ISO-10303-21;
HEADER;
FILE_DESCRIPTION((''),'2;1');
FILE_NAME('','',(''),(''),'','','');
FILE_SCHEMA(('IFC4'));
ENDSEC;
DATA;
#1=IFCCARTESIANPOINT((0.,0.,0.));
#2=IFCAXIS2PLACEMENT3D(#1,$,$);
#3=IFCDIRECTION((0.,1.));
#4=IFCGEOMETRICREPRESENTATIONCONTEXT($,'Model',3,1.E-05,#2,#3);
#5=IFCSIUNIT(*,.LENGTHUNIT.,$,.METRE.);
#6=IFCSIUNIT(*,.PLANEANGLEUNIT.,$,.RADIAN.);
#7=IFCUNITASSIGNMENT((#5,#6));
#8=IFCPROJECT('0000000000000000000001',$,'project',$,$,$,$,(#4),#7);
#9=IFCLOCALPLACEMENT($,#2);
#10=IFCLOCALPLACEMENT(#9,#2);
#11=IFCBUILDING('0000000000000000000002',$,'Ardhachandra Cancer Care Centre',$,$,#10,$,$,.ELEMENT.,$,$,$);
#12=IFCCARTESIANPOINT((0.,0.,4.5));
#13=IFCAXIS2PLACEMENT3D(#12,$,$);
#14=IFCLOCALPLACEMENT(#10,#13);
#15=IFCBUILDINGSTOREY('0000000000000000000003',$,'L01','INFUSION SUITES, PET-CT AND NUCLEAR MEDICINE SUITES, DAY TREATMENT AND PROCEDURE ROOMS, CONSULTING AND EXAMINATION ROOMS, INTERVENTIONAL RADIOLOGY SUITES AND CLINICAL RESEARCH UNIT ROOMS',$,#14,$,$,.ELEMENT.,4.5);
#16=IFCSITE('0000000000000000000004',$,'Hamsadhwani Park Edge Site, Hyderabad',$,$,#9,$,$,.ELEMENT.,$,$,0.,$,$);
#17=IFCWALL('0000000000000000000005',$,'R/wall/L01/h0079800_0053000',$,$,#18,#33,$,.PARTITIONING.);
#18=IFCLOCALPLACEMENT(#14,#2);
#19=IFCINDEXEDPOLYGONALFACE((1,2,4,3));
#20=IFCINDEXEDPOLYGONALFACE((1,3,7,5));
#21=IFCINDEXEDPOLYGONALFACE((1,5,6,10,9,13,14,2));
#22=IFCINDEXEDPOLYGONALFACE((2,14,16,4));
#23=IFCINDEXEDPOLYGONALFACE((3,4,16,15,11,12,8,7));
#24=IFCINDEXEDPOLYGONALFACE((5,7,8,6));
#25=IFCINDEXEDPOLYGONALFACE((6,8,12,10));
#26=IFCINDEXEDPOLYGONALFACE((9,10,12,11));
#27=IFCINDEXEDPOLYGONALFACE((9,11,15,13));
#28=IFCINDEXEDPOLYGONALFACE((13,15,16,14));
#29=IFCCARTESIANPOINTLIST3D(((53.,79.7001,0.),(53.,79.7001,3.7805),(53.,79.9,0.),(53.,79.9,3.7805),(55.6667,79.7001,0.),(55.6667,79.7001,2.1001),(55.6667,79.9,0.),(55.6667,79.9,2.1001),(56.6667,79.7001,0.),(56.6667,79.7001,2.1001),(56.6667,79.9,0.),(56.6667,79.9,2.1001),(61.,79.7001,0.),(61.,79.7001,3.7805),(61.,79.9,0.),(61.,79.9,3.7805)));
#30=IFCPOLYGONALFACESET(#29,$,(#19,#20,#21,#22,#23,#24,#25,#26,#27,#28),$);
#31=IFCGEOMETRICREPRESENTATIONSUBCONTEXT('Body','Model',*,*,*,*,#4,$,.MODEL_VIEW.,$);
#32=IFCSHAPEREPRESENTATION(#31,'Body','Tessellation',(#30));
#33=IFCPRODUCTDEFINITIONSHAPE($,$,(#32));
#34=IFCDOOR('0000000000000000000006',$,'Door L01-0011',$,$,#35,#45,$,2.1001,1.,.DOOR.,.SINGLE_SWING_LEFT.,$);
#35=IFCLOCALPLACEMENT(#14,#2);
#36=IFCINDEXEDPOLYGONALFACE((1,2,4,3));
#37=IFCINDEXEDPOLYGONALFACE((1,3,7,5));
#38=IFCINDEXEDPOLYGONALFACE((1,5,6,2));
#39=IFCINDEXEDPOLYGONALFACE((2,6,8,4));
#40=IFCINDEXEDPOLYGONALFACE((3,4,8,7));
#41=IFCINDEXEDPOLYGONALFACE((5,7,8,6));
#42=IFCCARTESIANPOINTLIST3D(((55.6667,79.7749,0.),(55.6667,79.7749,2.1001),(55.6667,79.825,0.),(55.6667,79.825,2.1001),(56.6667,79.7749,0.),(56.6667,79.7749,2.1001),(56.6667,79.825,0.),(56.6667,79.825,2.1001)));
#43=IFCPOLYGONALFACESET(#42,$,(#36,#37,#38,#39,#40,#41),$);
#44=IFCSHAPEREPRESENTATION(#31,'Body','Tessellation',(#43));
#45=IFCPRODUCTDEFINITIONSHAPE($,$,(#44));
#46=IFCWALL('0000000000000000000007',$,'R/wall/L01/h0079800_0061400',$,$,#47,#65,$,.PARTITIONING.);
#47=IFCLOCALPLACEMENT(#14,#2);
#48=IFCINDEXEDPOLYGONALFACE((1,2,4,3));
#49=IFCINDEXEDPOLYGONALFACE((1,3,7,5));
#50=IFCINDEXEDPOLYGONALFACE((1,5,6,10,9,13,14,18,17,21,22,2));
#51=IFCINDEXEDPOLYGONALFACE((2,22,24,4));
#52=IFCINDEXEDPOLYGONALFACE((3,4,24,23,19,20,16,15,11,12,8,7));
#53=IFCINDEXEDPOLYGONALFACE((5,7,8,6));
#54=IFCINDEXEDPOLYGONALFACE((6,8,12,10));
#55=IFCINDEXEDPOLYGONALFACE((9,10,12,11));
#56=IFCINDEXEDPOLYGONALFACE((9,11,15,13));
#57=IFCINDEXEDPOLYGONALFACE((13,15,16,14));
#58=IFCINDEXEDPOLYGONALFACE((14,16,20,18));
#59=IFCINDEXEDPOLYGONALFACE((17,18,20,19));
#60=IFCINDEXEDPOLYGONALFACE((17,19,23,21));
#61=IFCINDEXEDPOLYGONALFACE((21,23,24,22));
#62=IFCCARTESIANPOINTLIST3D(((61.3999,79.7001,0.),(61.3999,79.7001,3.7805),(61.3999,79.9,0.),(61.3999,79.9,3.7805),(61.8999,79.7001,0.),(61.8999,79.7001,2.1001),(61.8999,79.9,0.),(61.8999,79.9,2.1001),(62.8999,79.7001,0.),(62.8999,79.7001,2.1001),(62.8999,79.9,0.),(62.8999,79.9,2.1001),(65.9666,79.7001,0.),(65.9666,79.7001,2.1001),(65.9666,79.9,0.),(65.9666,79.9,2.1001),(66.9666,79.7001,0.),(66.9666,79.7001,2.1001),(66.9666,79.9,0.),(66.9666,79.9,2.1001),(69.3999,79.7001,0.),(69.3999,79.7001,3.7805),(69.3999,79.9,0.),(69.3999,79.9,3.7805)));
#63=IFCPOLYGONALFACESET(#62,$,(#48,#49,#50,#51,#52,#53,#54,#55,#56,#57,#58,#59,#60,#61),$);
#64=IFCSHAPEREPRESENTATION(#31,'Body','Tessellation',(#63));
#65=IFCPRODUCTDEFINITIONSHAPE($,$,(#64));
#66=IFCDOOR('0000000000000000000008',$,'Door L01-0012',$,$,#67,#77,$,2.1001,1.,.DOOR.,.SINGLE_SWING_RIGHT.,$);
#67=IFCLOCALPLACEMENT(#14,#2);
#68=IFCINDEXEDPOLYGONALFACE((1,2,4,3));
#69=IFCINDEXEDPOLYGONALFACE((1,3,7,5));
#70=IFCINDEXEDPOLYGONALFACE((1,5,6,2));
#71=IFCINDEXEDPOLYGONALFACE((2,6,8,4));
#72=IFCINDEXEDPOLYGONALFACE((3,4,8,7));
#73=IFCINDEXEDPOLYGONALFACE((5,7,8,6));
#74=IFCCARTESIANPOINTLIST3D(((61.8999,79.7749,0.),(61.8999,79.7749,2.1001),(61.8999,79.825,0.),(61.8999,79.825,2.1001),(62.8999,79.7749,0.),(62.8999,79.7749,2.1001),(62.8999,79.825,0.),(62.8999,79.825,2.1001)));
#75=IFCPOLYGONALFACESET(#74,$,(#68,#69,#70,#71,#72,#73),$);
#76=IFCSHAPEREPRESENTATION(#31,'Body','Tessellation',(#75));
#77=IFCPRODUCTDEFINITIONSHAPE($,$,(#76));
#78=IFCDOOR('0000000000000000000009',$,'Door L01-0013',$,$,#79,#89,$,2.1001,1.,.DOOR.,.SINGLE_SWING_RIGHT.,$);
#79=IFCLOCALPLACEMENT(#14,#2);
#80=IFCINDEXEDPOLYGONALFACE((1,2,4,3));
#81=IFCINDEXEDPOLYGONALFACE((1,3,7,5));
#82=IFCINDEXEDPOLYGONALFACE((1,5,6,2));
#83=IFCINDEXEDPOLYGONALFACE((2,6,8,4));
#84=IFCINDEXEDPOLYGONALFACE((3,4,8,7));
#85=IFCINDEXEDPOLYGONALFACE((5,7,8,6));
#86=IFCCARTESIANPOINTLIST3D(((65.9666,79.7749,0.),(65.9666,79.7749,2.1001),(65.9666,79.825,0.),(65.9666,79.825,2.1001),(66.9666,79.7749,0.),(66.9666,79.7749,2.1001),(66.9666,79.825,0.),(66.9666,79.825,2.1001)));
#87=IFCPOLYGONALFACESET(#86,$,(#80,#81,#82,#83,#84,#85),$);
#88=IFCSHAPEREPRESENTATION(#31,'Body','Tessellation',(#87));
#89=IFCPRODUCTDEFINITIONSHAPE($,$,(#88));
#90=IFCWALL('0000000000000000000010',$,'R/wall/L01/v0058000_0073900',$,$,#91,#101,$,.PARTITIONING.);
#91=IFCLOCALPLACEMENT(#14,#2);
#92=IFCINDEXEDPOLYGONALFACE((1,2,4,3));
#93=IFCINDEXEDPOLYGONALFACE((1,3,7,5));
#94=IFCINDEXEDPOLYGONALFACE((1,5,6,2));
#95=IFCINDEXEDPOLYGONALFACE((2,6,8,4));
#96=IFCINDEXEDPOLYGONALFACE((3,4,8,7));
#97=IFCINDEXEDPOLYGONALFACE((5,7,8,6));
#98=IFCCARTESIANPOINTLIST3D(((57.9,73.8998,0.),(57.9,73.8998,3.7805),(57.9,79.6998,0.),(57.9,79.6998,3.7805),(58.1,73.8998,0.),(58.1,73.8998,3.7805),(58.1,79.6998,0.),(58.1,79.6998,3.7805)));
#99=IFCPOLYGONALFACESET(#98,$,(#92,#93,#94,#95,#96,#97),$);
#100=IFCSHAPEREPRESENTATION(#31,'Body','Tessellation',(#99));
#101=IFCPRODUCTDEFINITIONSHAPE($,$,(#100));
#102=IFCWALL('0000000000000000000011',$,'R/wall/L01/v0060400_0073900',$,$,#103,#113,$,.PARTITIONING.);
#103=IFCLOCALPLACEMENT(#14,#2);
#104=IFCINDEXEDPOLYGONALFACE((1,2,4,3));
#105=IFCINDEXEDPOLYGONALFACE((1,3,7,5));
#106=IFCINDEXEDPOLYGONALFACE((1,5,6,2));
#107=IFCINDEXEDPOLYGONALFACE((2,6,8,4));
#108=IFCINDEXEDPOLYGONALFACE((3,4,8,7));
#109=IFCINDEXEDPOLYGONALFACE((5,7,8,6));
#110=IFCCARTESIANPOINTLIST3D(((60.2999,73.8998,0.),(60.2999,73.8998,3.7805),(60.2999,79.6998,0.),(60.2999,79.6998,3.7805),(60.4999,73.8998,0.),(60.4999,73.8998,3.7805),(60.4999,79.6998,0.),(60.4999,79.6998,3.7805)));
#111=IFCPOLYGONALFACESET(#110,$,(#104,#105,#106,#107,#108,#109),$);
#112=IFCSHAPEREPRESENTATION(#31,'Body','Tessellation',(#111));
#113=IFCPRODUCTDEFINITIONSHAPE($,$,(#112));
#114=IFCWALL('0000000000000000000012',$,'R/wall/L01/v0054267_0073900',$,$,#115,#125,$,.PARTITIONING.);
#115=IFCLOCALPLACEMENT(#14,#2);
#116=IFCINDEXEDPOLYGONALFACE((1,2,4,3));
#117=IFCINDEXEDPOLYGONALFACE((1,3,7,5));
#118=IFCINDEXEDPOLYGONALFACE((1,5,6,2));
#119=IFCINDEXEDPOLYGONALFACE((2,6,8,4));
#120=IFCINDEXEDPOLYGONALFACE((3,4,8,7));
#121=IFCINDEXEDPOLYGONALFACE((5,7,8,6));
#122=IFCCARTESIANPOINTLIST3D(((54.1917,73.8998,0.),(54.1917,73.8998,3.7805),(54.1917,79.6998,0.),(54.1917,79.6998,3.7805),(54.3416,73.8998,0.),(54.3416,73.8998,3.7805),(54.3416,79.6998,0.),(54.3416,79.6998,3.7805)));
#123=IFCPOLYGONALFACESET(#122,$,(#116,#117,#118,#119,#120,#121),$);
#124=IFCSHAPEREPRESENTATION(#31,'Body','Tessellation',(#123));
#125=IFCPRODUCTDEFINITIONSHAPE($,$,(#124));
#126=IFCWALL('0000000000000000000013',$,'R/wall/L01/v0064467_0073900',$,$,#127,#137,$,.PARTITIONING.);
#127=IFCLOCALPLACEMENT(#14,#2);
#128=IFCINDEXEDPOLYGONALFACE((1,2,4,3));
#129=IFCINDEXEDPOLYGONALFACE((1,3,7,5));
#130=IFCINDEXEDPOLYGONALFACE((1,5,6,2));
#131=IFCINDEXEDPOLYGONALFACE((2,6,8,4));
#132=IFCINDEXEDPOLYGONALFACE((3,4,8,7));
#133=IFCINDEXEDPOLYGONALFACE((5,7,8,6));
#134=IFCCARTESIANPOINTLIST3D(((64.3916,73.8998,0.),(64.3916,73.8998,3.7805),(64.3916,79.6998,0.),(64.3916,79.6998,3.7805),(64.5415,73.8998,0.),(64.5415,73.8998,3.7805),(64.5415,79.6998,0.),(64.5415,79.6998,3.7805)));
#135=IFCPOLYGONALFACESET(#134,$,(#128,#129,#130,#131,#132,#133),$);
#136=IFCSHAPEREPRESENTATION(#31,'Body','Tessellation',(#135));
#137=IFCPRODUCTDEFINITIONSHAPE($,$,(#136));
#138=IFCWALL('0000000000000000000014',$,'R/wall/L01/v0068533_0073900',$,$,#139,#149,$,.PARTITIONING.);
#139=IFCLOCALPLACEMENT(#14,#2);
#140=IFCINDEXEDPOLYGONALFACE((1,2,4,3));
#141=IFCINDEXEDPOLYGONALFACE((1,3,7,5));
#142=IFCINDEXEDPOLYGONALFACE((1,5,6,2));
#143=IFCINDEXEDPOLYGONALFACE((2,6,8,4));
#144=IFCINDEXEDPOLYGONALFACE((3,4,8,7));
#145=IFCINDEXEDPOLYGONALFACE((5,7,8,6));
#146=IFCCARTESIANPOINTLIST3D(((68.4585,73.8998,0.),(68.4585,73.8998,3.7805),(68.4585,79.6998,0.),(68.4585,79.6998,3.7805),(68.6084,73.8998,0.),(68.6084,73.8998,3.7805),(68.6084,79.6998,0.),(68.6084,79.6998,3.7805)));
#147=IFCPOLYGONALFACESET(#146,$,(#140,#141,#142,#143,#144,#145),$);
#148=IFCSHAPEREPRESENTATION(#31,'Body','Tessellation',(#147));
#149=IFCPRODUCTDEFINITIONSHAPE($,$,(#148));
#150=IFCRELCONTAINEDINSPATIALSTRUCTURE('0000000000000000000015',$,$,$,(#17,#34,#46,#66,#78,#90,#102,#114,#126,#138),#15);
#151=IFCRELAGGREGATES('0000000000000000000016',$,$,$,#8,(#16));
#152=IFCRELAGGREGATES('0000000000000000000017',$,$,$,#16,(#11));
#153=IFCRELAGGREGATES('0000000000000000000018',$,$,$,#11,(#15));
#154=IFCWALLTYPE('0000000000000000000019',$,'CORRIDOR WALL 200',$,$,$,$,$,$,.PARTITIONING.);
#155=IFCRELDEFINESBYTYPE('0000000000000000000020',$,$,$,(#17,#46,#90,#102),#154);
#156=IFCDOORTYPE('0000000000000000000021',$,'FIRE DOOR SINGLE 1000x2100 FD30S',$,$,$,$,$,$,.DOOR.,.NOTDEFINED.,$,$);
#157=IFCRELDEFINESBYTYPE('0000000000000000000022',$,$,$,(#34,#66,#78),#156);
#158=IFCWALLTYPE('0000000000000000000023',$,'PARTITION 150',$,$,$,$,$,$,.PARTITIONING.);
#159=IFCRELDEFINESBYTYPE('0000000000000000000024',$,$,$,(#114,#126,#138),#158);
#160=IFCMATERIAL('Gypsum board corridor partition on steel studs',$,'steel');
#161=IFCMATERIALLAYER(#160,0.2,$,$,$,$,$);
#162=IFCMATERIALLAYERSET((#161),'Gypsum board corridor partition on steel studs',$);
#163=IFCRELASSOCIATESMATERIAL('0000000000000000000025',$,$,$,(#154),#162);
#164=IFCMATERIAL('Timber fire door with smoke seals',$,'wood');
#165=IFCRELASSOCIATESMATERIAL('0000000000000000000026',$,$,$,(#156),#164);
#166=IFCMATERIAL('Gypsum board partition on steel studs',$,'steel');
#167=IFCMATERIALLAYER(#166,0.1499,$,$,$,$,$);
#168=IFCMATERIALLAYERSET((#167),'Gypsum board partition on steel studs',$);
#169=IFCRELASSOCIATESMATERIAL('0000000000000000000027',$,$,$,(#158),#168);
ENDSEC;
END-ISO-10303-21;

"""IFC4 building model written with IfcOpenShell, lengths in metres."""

from ifc_helpers import new_model, si_unit, direction, frame, frame_2d, origin, place, context, subcontext, project, spatial, rectangle, extrude, material, layer, layer_set, type_object, element, fill, save


model = new_model("IFC4")

# Units and contexts
model_context = context("Model", 3, precision=1e-05, world=origin(), true_north=direction((0.0, 1.0)))
body_context = subcontext(model_context, "Body", "Model", "MODEL_VIEW")
ifc_project = project(units=[si_unit("LENGTHUNIT", "METRE"), si_unit("PLANEANGLEUNIT", "RADIAN")], contexts=[model_context])

# Site, building, storey
site_placement = place(None, origin())
site = spatial("IfcSite", under=ifc_project, at=site_placement, Name="Hamsadhwani Park Edge Site, Hyderabad", CompositionType="ELEMENT", RefElevation=0.0)
building_placement = place(site_placement, origin())
building = spatial("IfcBuilding", under=site, at=building_placement, Name="Ardhachandra Cancer Care Centre", CompositionType="ELEMENT")
storey_placement = place(building_placement, frame((0.0, 0.0, 4.5)))
storey = spatial("IfcBuildingStorey", under=building, at=storey_placement, Name="L01", Description="INFUSION SUITES, PET-CT AND NUCLEAR MEDICINE SUITES, DAY TREATMENT AND PROCEDURE ROOMS, CONSULTING AND EXAMINATION ROOMS, INTERVENTIONAL RADIOLOGY SUITES AND CLINICAL RESEARCH UNIT ROOMS", CompositionType="ELEMENT", Elevation=4.5)

# Shared definitions
ifc_material_1 = material(Name="Gypsum board corridor partition on steel studs", Category="steel")
ifc_layer_1 = layer(ifc_material_1, 0.2)
ifc_layer_set_1 = layer_set([ifc_layer_1], Name="Gypsum board corridor partition on steel studs")
wall_type_1 = type_object("IfcWallType", Name="CORRIDOR WALL 200", PredefinedType="PARTITIONING", material=ifc_layer_set_1)

# Wall, opening, door
wall_1_placement = place(storey_placement, frame((53.0, 79.8, 0.0), z_axis=(0.0, 0.0, 1.0), x_axis=(1.0, 0.0, 0.0)))
wall_1 = element("IfcWall", 1, at=wall_1_placement, inside=storey, type_object=wall_type_1, Name="R/wall/L01/h0079800_0053000", PredefinedType="PARTITIONING", context=body_context, shape_type="SweptSolid", body=[
    extrude(rectangle(XDim=8.0, YDim=0.2, at=frame_2d((4.0, 0.0))), origin(), (0.0, 0.0, 1.0), 3.7805),
])
opening_1_placement = place(wall_1_placement, frame((2.6667, 0.0, 0.0)))
opening_1 = element("IfcOpeningElement", 2, at=opening_1_placement, cuts=wall_1, PredefinedType="OPENING", context=body_context, shape_type="SweptSolid", body=[
    extrude(rectangle(XDim=1.0, YDim=2.1001, at=frame_2d((0.5, 1.05))), frame((0.0, 0.1099, 0.0), z_axis=(0.0, -1.0, 0.0), x_axis=(1.0, 0.0, 0.0)), (0.0, 0.0, 1.0), 0.22),
])
ifc_material_2 = material(Name="Timber fire door with smoke seals", Category="wood")
door_type = type_object("IfcDoorType", Name="FIRE DOOR SINGLE 1000x2100 FD30S", OperationType="NOTDEFINED", PredefinedType="DOOR", material=ifc_material_2)
door_1_placement = place(opening_1_placement, origin())
door_1 = element("IfcDoor", 3, at=door_1_placement, inside=storey, type_object=door_type, Name="Door L01-0011", OperationType="SINGLE_SWING_LEFT", OverallHeight=2.1001, OverallWidth=1.0, PredefinedType="DOOR", context=body_context, shape_type="SweptSolid", body=[
    extrude(rectangle(XDim=1.0, YDim=2.1001, at=frame_2d((0.5, 1.05))), frame((0.0, 0.0249, 0.0), z_axis=(0.0, -1.0, 0.0), x_axis=(1.0, 0.0, 0.0)), (0.0, 0.0, 1.0), 0.05),
])
fill(opening_1, door_1)

# Wall, openings, doors
wall_2_placement = place(storey_placement, frame((61.3999, 79.8, 0.0), z_axis=(0.0, 0.0, 1.0), x_axis=(1.0, 0.0, 0.0)))
wall_2 = element("IfcWall", 4, at=wall_2_placement, inside=storey, type_object=wall_type_1, Name="R/wall/L01/h0079800_0061400", PredefinedType="PARTITIONING", context=body_context, shape_type="SweptSolid", body=[
    extrude(rectangle(XDim=8.0, YDim=0.2, at=frame_2d((4.0, 0.0))), origin(), (0.0, 0.0, 1.0), 3.7805),
])
opening_2_placement = place(wall_2_placement, frame((0.5, 0.0, 0.0)))
opening_2 = element("IfcOpeningElement", 5, at=opening_2_placement, cuts=wall_2, PredefinedType="OPENING", context=body_context, shape_type="SweptSolid", body=[
    extrude(rectangle(XDim=1.0, YDim=2.1001, at=frame_2d((0.5, 1.05))), frame((0.0, 0.1099, 0.0), z_axis=(0.0, -1.0, 0.0), x_axis=(1.0, 0.0, 0.0)), (0.0, 0.0, 1.0), 0.22),
])
opening_3_placement = place(wall_2_placement, frame((4.5667, 0.0, 0.0)))
opening_3 = element("IfcOpeningElement", 6, at=opening_3_placement, cuts=wall_2, PredefinedType="OPENING", context=body_context, shape_type="SweptSolid", body=[
    extrude(rectangle(XDim=1.0, YDim=2.1001, at=frame_2d((0.5, 1.05))), frame((0.0, 0.1099, 0.0), z_axis=(0.0, -1.0, 0.0), x_axis=(1.0, 0.0, 0.0)), (0.0, 0.0, 1.0), 0.22),
])
door_2_placement = place(opening_2_placement, origin())
door_2 = element("IfcDoor", 7, at=door_2_placement, inside=storey, type_object=door_type, Name="Door L01-0012", OperationType="SINGLE_SWING_RIGHT", OverallHeight=2.1001, OverallWidth=1.0, PredefinedType="DOOR", context=body_context, shape_type="SweptSolid", body=[
    extrude(rectangle(XDim=1.0, YDim=2.1001, at=frame_2d((0.5, 1.05))), frame((0.0, 0.0249, 0.0), z_axis=(0.0, -1.0, 0.0), x_axis=(1.0, 0.0, 0.0)), (0.0, 0.0, 1.0), 0.05),
])
fill(opening_2, door_2)
door_3_placement = place(opening_3_placement, origin())
door_3 = element("IfcDoor", 8, at=door_3_placement, inside=storey, type_object=door_type, Name="Door L01-0013", OperationType="SINGLE_SWING_RIGHT", OverallHeight=2.1001, OverallWidth=1.0, PredefinedType="DOOR", context=body_context, shape_type="SweptSolid", body=[
    extrude(rectangle(XDim=1.0, YDim=2.1001, at=frame_2d((0.5, 1.05))), frame((0.0, 0.0249, 0.0), z_axis=(0.0, -1.0, 0.0), x_axis=(1.0, 0.0, 0.0)), (0.0, 0.0, 1.0), 0.05),
])
fill(opening_3, door_3)

# Walls
for number, where, z_axis, x_axis, name in (
    (9, (58.0, 73.8999, 0.0), (0.0, 0.0, 1.0), (0.0, 1.0, 0.0), "R/wall/L01/v0058000_0073900"),
    (10, (60.3999, 73.8999, 0.0), (0.0, 0.0, 1.0), (0.0, 1.0, 0.0), "R/wall/L01/v0060400_0073900"),
):
    element("IfcWall", number, at=place(storey_placement, frame(where, z_axis=z_axis, x_axis=x_axis)), inside=storey, type_object=wall_type_1, Name=name, PredefinedType="PARTITIONING", context=body_context, shape_type="SweptSolid", body=[
        extrude(rectangle(XDim=5.8, YDim=0.2, at=frame_2d((2.8999, 0.0))), origin(), (0.0, 0.0, 1.0), 3.7805),
    ])
ifc_material_3 = material(Name="Gypsum board partition on steel studs", Category="steel")
ifc_layer_2 = layer(ifc_material_3, 0.1499)
ifc_layer_set_2 = layer_set([ifc_layer_2], Name="Gypsum board partition on steel studs")
wall_type_2 = type_object("IfcWallType", Name="PARTITION 150", PredefinedType="PARTITIONING", material=ifc_layer_set_2)
for number, where, z_axis, x_axis, name in (
    (11, (54.2666, 73.8999, 0.0), (0.0, 0.0, 1.0), (0.0, 1.0, 0.0), "R/wall/L01/v0054267_0073900"),
    (12, (64.4666, 73.8999, 0.0), (0.0, 0.0, 1.0), (0.0, 1.0, 0.0), "R/wall/L01/v0064467_0073900"),
    (13, (68.5334, 73.8999, 0.0), (0.0, 0.0, 1.0), (0.0, 1.0, 0.0), "R/wall/L01/v0068533_0073900"),
):
    element("IfcWall", number, at=place(storey_placement, frame(where, z_axis=z_axis, x_axis=x_axis)), inside=storey, type_object=wall_type_2, Name=name, PredefinedType="PARTITIONING", context=body_context, shape_type="SweptSolid", body=[
        extrude(rectangle(XDim=5.8, YDim=0.1499, at=frame_2d((2.8999, 0.0))), origin(), (0.0, 0.0, 1.0), 3.7805),
    ])

save(model, "model.ifc")
